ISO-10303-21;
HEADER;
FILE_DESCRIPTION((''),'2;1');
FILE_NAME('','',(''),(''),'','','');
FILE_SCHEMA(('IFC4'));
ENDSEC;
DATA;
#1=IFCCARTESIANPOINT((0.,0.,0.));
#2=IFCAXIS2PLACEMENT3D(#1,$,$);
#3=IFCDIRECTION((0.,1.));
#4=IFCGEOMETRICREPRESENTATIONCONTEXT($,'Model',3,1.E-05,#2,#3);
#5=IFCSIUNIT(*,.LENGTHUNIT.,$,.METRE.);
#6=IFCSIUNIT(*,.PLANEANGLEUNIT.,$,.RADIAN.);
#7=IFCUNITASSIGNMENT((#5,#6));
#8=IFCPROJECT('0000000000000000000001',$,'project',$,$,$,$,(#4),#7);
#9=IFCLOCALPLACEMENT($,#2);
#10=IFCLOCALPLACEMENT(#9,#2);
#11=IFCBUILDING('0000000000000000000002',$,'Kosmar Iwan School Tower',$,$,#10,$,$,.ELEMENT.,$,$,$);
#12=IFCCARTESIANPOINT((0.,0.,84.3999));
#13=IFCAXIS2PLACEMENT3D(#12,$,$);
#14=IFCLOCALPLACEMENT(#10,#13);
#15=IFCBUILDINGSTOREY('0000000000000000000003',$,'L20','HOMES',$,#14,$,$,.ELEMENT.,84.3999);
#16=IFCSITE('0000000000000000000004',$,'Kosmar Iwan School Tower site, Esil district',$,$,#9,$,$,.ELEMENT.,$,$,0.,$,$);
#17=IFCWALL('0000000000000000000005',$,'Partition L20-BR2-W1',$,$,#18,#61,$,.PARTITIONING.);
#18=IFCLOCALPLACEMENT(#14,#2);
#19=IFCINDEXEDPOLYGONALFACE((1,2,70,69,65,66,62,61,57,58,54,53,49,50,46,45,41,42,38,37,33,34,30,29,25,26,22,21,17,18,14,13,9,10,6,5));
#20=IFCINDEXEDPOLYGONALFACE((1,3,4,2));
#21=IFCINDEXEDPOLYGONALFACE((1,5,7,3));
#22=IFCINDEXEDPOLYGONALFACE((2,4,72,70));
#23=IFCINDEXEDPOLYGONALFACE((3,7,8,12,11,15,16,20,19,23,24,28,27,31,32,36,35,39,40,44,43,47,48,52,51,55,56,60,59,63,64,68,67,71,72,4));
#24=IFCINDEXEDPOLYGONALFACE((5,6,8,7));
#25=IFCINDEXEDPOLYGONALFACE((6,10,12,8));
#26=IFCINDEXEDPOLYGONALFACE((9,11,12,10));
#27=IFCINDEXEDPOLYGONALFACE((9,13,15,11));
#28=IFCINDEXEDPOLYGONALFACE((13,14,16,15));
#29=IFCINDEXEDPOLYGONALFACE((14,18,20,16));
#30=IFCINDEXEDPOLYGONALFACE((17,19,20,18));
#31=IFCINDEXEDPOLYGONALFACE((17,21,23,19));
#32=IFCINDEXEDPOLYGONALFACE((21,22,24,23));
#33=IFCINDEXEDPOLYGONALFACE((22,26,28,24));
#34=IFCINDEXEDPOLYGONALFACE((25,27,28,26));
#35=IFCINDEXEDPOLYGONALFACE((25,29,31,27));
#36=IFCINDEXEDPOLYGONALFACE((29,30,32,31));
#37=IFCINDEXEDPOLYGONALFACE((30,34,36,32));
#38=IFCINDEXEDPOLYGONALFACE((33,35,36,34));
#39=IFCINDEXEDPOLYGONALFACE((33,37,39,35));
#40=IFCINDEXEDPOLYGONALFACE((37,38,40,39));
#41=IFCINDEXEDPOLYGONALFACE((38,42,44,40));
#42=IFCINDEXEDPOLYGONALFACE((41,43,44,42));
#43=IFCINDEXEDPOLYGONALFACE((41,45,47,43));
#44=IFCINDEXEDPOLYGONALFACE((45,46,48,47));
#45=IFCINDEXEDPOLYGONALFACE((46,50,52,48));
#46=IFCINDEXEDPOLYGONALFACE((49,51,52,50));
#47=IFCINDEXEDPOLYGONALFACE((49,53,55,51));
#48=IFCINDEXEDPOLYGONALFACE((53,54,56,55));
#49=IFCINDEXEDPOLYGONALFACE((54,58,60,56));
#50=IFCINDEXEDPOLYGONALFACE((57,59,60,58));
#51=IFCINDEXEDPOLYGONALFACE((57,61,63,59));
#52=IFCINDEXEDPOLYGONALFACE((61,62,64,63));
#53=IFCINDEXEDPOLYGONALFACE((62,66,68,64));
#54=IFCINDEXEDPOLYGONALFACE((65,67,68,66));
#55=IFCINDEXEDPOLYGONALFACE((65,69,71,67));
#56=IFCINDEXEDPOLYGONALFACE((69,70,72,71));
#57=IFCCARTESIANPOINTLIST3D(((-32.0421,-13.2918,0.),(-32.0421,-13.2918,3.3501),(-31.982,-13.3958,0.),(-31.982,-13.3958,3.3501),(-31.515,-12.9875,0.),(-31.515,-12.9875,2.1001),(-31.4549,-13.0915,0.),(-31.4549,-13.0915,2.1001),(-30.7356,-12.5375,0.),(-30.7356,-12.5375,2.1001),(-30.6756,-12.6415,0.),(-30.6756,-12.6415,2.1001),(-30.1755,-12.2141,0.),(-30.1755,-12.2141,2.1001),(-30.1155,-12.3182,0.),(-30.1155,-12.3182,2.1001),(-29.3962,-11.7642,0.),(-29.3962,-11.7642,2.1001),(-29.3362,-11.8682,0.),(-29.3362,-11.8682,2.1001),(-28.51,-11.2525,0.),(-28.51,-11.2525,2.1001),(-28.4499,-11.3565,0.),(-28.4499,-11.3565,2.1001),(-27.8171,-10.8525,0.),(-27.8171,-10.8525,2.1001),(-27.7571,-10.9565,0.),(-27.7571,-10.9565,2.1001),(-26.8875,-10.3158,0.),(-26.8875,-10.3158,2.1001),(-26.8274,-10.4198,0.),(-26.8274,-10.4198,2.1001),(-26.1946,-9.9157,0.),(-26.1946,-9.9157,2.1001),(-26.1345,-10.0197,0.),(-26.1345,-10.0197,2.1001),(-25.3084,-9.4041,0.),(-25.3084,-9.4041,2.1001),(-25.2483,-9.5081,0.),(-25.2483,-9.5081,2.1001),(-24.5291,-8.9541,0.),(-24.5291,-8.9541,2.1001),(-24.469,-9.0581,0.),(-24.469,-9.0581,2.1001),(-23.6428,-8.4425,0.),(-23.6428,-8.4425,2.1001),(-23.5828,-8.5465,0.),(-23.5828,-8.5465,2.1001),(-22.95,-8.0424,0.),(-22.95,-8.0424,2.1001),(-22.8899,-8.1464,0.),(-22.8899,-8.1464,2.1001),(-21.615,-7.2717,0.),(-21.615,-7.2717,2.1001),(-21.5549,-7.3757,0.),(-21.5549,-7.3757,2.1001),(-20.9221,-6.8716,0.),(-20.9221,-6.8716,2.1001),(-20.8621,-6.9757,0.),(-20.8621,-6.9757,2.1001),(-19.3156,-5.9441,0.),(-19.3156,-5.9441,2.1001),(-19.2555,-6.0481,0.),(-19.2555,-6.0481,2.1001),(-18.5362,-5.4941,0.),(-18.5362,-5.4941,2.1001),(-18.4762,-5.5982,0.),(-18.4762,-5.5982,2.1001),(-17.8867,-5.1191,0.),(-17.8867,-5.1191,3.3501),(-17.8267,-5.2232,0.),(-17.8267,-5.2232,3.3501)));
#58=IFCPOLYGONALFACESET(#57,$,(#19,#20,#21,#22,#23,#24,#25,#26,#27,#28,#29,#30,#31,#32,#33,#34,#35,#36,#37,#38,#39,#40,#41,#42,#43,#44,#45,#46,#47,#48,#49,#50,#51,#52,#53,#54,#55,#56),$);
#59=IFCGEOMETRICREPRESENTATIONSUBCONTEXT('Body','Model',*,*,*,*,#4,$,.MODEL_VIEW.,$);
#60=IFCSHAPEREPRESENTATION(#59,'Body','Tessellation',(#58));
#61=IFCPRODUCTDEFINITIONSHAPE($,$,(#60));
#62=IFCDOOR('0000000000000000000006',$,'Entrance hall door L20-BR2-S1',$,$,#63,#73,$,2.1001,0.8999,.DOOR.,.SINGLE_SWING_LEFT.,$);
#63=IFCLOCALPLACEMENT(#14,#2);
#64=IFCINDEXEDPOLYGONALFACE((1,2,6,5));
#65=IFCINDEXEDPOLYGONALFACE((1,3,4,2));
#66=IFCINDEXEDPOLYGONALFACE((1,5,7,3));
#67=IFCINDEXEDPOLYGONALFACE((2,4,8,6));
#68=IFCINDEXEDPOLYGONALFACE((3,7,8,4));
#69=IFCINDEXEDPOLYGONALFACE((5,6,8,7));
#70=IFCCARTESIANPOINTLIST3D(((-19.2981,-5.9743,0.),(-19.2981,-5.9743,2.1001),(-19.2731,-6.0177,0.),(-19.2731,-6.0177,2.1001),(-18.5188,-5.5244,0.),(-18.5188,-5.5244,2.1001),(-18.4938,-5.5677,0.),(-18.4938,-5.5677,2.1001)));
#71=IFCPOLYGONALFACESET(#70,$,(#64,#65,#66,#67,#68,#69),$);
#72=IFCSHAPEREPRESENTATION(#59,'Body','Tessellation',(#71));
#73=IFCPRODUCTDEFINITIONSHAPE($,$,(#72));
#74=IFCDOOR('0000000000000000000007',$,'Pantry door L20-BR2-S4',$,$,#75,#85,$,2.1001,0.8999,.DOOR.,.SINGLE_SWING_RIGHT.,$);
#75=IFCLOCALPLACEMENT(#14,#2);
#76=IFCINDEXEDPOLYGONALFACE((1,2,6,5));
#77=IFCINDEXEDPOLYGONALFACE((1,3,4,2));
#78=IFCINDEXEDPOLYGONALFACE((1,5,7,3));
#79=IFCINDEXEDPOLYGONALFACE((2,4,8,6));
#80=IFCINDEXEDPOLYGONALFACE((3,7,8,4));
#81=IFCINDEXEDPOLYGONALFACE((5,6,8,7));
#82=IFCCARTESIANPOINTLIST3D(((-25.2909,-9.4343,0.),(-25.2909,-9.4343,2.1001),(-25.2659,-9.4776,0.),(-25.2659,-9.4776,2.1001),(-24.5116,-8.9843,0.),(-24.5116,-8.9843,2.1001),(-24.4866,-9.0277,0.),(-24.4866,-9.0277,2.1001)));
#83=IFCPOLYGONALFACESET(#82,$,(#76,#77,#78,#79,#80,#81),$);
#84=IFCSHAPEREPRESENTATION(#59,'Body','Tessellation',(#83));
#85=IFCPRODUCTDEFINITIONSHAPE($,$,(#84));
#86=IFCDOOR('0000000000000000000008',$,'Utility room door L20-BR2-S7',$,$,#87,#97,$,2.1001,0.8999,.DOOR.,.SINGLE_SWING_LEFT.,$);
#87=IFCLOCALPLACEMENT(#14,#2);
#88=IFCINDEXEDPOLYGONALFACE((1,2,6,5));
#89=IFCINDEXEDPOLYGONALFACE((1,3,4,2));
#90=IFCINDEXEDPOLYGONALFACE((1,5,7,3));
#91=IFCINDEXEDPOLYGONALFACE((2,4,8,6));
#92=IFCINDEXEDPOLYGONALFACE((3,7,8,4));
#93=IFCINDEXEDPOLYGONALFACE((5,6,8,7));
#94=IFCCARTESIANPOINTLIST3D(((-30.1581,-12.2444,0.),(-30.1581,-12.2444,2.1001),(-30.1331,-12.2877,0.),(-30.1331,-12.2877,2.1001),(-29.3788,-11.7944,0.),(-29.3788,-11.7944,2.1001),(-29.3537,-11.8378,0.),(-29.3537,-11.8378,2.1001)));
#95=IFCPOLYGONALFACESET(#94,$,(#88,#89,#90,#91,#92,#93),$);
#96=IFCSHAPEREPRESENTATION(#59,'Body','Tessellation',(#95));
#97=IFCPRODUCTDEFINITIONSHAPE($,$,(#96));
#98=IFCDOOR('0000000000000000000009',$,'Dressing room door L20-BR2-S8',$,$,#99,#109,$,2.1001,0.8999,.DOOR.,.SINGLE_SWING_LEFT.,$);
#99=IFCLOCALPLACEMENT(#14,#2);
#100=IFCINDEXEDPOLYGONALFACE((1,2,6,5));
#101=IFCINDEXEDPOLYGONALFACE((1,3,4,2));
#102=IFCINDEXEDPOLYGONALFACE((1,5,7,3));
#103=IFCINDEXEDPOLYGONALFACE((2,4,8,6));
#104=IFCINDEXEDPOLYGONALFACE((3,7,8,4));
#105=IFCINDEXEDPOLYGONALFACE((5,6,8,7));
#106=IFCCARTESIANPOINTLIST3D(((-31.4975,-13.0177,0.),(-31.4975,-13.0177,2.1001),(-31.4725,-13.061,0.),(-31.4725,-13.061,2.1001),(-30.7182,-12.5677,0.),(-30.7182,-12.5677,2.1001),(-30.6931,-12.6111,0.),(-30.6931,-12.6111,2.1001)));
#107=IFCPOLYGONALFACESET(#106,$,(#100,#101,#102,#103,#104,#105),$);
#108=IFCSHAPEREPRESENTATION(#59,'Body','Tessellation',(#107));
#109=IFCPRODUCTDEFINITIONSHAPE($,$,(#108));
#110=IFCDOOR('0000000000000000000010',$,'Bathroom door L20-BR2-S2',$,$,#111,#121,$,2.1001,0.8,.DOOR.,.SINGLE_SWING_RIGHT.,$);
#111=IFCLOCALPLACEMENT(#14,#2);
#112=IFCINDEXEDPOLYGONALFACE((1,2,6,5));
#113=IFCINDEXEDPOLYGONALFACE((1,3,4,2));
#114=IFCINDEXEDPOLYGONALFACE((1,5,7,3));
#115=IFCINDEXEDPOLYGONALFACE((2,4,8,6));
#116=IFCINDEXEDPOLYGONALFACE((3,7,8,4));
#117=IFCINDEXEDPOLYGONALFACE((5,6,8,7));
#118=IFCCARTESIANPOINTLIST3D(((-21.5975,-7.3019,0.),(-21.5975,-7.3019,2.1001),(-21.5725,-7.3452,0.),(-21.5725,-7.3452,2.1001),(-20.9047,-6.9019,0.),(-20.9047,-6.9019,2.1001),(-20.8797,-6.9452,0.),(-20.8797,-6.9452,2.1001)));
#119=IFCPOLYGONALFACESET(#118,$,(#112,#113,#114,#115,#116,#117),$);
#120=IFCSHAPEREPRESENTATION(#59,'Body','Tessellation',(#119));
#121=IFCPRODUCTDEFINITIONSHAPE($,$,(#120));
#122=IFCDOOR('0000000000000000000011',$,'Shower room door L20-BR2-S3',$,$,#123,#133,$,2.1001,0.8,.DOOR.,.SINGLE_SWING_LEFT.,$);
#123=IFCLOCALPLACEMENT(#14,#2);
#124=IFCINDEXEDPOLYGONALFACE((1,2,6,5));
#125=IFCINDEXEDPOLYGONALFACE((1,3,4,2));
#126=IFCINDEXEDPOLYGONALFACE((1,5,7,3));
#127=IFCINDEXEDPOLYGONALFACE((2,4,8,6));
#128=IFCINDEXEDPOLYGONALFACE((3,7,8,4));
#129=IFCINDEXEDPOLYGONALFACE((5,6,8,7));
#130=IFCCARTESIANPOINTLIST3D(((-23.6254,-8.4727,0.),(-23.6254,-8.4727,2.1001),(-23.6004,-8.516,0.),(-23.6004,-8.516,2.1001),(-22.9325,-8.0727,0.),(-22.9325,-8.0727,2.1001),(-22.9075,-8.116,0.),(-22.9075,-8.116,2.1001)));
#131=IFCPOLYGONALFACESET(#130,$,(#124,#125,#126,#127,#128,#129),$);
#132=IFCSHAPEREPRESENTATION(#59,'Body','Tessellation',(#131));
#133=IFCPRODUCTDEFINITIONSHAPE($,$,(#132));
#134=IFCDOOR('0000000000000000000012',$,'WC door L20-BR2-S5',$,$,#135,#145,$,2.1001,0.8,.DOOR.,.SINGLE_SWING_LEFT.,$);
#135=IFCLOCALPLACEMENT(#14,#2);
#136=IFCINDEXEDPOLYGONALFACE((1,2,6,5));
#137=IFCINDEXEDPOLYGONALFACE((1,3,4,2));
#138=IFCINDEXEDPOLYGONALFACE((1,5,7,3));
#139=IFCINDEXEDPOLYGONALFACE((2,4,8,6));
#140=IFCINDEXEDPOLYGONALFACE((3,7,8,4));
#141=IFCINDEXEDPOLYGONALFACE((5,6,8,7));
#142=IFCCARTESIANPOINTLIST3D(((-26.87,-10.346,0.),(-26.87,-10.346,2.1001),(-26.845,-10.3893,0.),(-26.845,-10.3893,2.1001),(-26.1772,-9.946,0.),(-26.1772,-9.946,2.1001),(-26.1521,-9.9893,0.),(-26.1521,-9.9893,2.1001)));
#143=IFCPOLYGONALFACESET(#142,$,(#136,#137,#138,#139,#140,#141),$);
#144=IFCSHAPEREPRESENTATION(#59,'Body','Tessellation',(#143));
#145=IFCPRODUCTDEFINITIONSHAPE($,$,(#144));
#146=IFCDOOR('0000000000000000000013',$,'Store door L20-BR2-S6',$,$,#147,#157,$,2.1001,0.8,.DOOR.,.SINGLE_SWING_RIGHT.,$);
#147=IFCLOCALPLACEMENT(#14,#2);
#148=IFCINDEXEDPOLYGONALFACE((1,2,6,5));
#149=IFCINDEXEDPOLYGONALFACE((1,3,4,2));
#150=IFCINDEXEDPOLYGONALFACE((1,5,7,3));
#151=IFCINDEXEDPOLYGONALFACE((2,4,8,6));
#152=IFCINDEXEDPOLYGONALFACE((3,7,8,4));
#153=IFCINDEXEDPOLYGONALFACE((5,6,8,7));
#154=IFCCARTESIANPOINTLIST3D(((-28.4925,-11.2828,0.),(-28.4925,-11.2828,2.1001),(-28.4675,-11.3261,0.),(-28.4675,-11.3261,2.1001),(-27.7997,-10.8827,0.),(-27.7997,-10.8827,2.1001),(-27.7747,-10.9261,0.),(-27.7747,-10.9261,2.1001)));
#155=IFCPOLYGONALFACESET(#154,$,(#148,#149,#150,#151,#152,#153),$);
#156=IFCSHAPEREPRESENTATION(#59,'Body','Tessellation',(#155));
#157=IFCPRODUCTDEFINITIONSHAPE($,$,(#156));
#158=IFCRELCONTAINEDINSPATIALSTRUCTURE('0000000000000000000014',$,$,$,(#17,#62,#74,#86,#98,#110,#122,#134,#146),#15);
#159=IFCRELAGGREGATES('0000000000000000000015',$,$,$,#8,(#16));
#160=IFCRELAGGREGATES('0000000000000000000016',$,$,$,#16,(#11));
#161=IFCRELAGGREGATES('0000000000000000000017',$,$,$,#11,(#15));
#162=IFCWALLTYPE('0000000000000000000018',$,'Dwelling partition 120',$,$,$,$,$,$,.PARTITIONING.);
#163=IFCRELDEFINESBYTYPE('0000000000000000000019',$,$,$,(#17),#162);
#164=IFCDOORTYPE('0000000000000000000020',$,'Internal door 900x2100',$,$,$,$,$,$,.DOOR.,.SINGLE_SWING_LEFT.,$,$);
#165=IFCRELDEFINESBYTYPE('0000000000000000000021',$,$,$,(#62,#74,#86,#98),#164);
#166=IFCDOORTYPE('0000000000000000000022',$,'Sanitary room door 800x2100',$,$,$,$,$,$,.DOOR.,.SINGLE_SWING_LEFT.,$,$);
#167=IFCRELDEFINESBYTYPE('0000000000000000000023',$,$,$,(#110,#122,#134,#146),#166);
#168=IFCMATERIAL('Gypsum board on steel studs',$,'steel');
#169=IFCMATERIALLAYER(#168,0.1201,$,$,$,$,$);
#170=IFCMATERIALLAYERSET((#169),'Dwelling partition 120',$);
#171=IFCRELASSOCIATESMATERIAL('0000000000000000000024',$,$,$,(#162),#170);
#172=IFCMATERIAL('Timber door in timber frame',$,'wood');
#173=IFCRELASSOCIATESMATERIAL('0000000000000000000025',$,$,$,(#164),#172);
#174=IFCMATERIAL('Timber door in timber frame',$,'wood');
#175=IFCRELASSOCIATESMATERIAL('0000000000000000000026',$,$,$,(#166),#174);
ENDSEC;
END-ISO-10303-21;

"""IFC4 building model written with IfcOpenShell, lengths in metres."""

from ifc_helpers import new_model, si_unit, direction, frame, frame_2d, origin, place, context, subcontext, project, spatial, rectangle, extrude, material, layer, layer_set, type_object, element, fill, save


model = new_model("IFC4")

# Units and contexts
model_context = context("Model", 3, precision=1e-05, world=origin(), true_north=direction((0.0, 1.0)))
body_context = subcontext(model_context, "Body", "Model", "MODEL_VIEW")
ifc_project = project(units=[si_unit("LENGTHUNIT", "METRE"), si_unit("PLANEANGLEUNIT", "RADIAN")], contexts=[model_context])

# Site, building, storey
site_placement = place(None, origin())
site = spatial("IfcSite", under=ifc_project, at=site_placement, Name="Kosmar Iwan School Tower site, Esil district", CompositionType="ELEMENT", RefElevation=0.0)
building_placement = place(site_placement, origin())
building = spatial("IfcBuilding", under=site, at=building_placement, Name="Kosmar Iwan School Tower", CompositionType="ELEMENT")
storey_placement = place(building_placement, frame((0.0, 0.0, 84.3999)))
storey = spatial("IfcBuildingStorey", under=building, at=storey_placement, Name="L20", Description="HOMES", CompositionType="ELEMENT", Elevation=84.3999)

# Shared definitions
ifc_material_1 = material(Name="Gypsum board on steel studs", Category="steel")
ifc_layer = layer(ifc_material_1, 0.1201)
ifc_layer_set = layer_set([ifc_layer], Name="Dwelling partition 120")
wall_type = type_object("IfcWallType", Name="Dwelling partition 120", PredefinedType="PARTITIONING", material=ifc_layer_set)

# Wall, openings, doors
wall_1_placement = place(storey_placement, frame((-17.8567, -5.1711, 0.0), z_axis=(0.0, 0.0, 1.0), x_axis=(-0.866024, -0.500003, 0.0)))
wall_1 = element("IfcWall", 1, at=wall_1_placement, inside=storey, type_object=wall_type, Name="Partition L20-BR2-W1", PredefinedType="PARTITIONING", context=body_context, shape_type="SweptSolid", body=[
    extrude(rectangle(XDim=16.3452, YDim=0.1201, at=frame_2d((8.1726, 0.0))), origin(), (0.0, 0.0, 1.0), 3.3501),
])
opening_1_placement = place(wall_1_placement, frame((0.75, 0.0, 0.0)))
opening_1 = element("IfcOpeningElement", 2, at=opening_1_placement, cuts=wall_1, PredefinedType="OPENING", context=body_context, shape_type="SweptSolid", body=[
    extrude(rectangle(XDim=0.8999, YDim=2.1001, at=frame_2d((0.45, 1.05))), frame((0.0, 0.072, 0.0), z_axis=(0.0, -1.0, 0.0), x_axis=(1.0, 0.0, 0.0)), (0.0, 0.0, 1.0), 0.144),
])
opening_2_placement = place(wall_1_placement, frame((3.5051, 0.0, 0.0)))
opening_2 = element("IfcOpeningElement", 3, at=opening_2_placement, cuts=wall_1, PredefinedType="OPENING", context=body_context, shape_type="SweptSolid", body=[
    extrude(rectangle(XDim=0.8, YDim=2.1001, at=frame_2d((0.3999, 1.05))), frame((0.0, 0.072, 0.0), z_axis=(0.0, -1.0, 0.0), x_axis=(1.0, 0.0, 0.0)), (0.0, 0.0, 1.0), 0.144),
])
opening_3_placement = place(wall_1_placement, frame((5.8467, 0.0, 0.0)))
opening_3 = element("IfcOpeningElement", 4, at=opening_3_placement, cuts=wall_1, PredefinedType="OPENING", context=body_context, shape_type="SweptSolid", body=[
    extrude(rectangle(XDim=0.8, YDim=2.1001, at=frame_2d((0.3999, 1.05))), frame((0.0, 0.072, 0.0), z_axis=(0.0, -1.0, 0.0), x_axis=(1.0, 0.0, 0.0)), (0.0, 0.0, 1.0), 0.144),
])
opening_4_placement = place(wall_1_placement, frame((7.6699, 0.0, 0.0)))
opening_4 = element("IfcOpeningElement", 5, at=opening_4_placement, cuts=wall_1, PredefinedType="OPENING", context=body_context, shape_type="SweptSolid", body=[
    extrude(rectangle(XDim=0.8999, YDim=2.1001, at=frame_2d((0.45, 1.05))), frame((0.0, 0.072, 0.0), z_axis=(0.0, -1.0, 0.0), x_axis=(1.0, 0.0, 0.0)), (0.0, 0.0, 1.0), 0.144),
])
opening_5_placement = place(wall_1_placement, frame((9.5933, 0.0, 0.0)))
opening_5 = element("IfcOpeningElement", 6, at=opening_5_placement, cuts=wall_1, PredefinedType="OPENING", context=body_context, shape_type="SweptSolid", body=[
    extrude(rectangle(XDim=0.8, YDim=2.1001, at=frame_2d((0.3999, 1.05))), frame((0.0, 0.072, 0.0), z_axis=(0.0, -1.0, 0.0), x_axis=(1.0, 0.0, 0.0)), (0.0, 0.0, 1.0), 0.144),
])
opening_6_placement = place(wall_1_placement, frame((11.4668, 0.0, 0.0)))
opening_6 = element("IfcOpeningElement", 7, at=opening_6_placement, cuts=wall_1, PredefinedType="OPENING", context=body_context, shape_type="SweptSolid", body=[
    extrude(rectangle(XDim=0.8, YDim=2.1001, at=frame_2d((0.3999, 1.05))), frame((0.0, 0.072, 0.0), z_axis=(0.0, -1.0, 0.0), x_axis=(1.0, 0.0, 0.0)), (0.0, 0.0, 1.0), 0.144),
])
opening_7_placement = place(wall_1_placement, frame((13.29, 0.0, 0.0)))
opening_7 = element("IfcOpeningElement", 8, at=opening_7_placement, cuts=wall_1, PredefinedType="OPENING", context=body_context, shape_type="SweptSolid", body=[
    extrude(rectangle(XDim=0.8999, YDim=2.1001, at=frame_2d((0.45, 1.05))), frame((0.0, 0.072, 0.0), z_axis=(0.0, -1.0, 0.0), x_axis=(1.0, 0.0, 0.0)), (0.0, 0.0, 1.0), 0.144),
])
opening_8_placement = place(wall_1_placement, frame((14.8367, 0.0, 0.0)))
opening_8 = element("IfcOpeningElement", 9, at=opening_8_placement, cuts=wall_1, PredefinedType="OPENING", context=body_context, shape_type="SweptSolid", body=[
    extrude(rectangle(XDim=0.8999, YDim=2.1001, at=frame_2d((0.45, 1.05))), frame((0.0, 0.072, 0.0), z_axis=(0.0, -1.0, 0.0), x_axis=(1.0, 0.0, 0.0)), (0.0, 0.0, 1.0), 0.144),
])
ifc_material_2 = material(Name="Timber door in timber frame", Category="wood")
door_type_1 = type_object("IfcDoorType", Name="Internal door 900x2100", OperationType="SINGLE_SWING_LEFT", PredefinedType="DOOR", material=ifc_material_2)
door_1_placement = place(opening_1_placement, origin())
door_1 = element("IfcDoor", 10, at=door_1_placement, inside=storey, type_object=door_type_1, Name="Entrance hall door L20-BR2-S1", OperationType="SINGLE_SWING_LEFT", OverallHeight=2.1001, OverallWidth=0.8999, PredefinedType="DOOR", context=body_context, shape_type="SweptSolid", body=[
    extrude(rectangle(XDim=0.8999, YDim=2.1001, at=frame_2d((0.45, 1.05))), frame((0.0, 0.0249, 0.0), z_axis=(0.0, -1.0, 0.0), x_axis=(1.0, 0.0, 0.0)), (0.0, 0.0, 1.0), 0.05),
])
fill(opening_1, door_1)
door_2_placement = place(opening_4_placement, origin())
door_2 = element("IfcDoor", 11, at=door_2_placement, inside=storey, type_object=door_type_1, Name="Pantry door L20-BR2-S4", OperationType="SINGLE_SWING_RIGHT", OverallHeight=2.1001, OverallWidth=0.8999, PredefinedType="DOOR", context=body_context, shape_type="SweptSolid", body=[
    extrude(rectangle(XDim=0.8999, YDim=2.1001, at=frame_2d((0.45, 1.05))), frame((0.0, 0.0249, 0.0), z_axis=(0.0, -1.0, 0.0), x_axis=(1.0, 0.0, 0.0)), (0.0, 0.0, 1.0), 0.05),
])
fill(opening_4, door_2)
door_3_placement = place(opening_7_placement, origin())
door_3 = element("IfcDoor", 12, at=door_3_placement, inside=storey, type_object=door_type_1, Name="Utility room door L20-BR2-S7", OperationType="SINGLE_SWING_LEFT", OverallHeight=2.1001, OverallWidth=0.8999, PredefinedType="DOOR", context=body_context, shape_type="SweptSolid", body=[
    extrude(rectangle(XDim=0.8999, YDim=2.1001, at=frame_2d((0.45, 1.05))), frame((0.0, 0.0249, 0.0), z_axis=(0.0, -1.0, 0.0), x_axis=(1.0, 0.0, 0.0)), (0.0, 0.0, 1.0), 0.05),
])
fill(opening_7, door_3)
door_4_placement = place(opening_8_placement, origin())
door_4 = element("IfcDoor", 13, at=door_4_placement, inside=storey, type_object=door_type_1, Name="Dressing room door L20-BR2-S8", OperationType="SINGLE_SWING_LEFT", OverallHeight=2.1001, OverallWidth=0.8999, PredefinedType="DOOR", context=body_context, shape_type="SweptSolid", body=[
    extrude(rectangle(XDim=0.8999, YDim=2.1001, at=frame_2d((0.45, 1.05))), frame((0.0, 0.0249, 0.0), z_axis=(0.0, -1.0, 0.0), x_axis=(1.0, 0.0, 0.0)), (0.0, 0.0, 1.0), 0.05),
])
fill(opening_8, door_4)
ifc_material_3 = material(Name="Timber door in timber frame", Category="wood")
door_type_2 = type_object("IfcDoorType", Name="Sanitary room door 800x2100", OperationType="SINGLE_SWING_LEFT", PredefinedType="DOOR", material=ifc_material_3)
door_5_placement = place(opening_2_placement, origin())
door_5 = element("IfcDoor", 14, at=door_5_placement, inside=storey, type_object=door_type_2, Name="Bathroom door L20-BR2-S2", OperationType="SINGLE_SWING_RIGHT", OverallHeight=2.1001, OverallWidth=0.8, PredefinedType="DOOR", context=body_context, shape_type="SweptSolid", body=[
    extrude(rectangle(XDim=0.8, YDim=2.1001, at=frame_2d((0.3999, 1.05))), frame((0.0, 0.0249, 0.0), z_axis=(0.0, -1.0, 0.0), x_axis=(1.0, 0.0, 0.0)), (0.0, 0.0, 1.0), 0.05),
])
fill(opening_2, door_5)
door_6_placement = place(opening_3_placement, origin())
door_6 = element("IfcDoor", 15, at=door_6_placement, inside=storey, type_object=door_type_2, Name="Shower room door L20-BR2-S3", OperationType="SINGLE_SWING_LEFT", OverallHeight=2.1001, OverallWidth=0.8, PredefinedType="DOOR", context=body_context, shape_type="SweptSolid", body=[
    extrude(rectangle(XDim=0.8, YDim=2.1001, at=frame_2d((0.3999, 1.05))), frame((0.0, 0.0249, 0.0), z_axis=(0.0, -1.0, 0.0), x_axis=(1.0, 0.0, 0.0)), (0.0, 0.0, 1.0), 0.05),
])
fill(opening_3, door_6)
door_7_placement = place(opening_5_placement, origin())
door_7 = element("IfcDoor", 16, at=door_7_placement, inside=storey, type_object=door_type_2, Name="WC door L20-BR2-S5", OperationType="SINGLE_SWING_LEFT", OverallHeight=2.1001, OverallWidth=0.8, PredefinedType="DOOR", context=body_context, shape_type="SweptSolid", body=[
    extrude(rectangle(XDim=0.8, YDim=2.1001, at=frame_2d((0.3999, 1.05))), frame((0.0, 0.0249, 0.0), z_axis=(0.0, -1.0, 0.0), x_axis=(1.0, 0.0, 0.0)), (0.0, 0.0, 1.0), 0.05),
])
fill(opening_5, door_7)
door_8_placement = place(opening_6_placement, origin())
door_8 = element("IfcDoor", 17, at=door_8_placement, inside=storey, type_object=door_type_2, Name="Store door L20-BR2-S6", OperationType="SINGLE_SWING_RIGHT", OverallHeight=2.1001, OverallWidth=0.8, PredefinedType="DOOR", context=body_context, shape_type="SweptSolid", body=[
    extrude(rectangle(XDim=0.8, YDim=2.1001, at=frame_2d((0.3999, 1.05))), frame((0.0, 0.0249, 0.0), z_axis=(0.0, -1.0, 0.0), x_axis=(1.0, 0.0, 0.0)), (0.0, 0.0, 1.0), 0.05),
])
fill(opening_6, door_8)

save(model, "model.ifc")
